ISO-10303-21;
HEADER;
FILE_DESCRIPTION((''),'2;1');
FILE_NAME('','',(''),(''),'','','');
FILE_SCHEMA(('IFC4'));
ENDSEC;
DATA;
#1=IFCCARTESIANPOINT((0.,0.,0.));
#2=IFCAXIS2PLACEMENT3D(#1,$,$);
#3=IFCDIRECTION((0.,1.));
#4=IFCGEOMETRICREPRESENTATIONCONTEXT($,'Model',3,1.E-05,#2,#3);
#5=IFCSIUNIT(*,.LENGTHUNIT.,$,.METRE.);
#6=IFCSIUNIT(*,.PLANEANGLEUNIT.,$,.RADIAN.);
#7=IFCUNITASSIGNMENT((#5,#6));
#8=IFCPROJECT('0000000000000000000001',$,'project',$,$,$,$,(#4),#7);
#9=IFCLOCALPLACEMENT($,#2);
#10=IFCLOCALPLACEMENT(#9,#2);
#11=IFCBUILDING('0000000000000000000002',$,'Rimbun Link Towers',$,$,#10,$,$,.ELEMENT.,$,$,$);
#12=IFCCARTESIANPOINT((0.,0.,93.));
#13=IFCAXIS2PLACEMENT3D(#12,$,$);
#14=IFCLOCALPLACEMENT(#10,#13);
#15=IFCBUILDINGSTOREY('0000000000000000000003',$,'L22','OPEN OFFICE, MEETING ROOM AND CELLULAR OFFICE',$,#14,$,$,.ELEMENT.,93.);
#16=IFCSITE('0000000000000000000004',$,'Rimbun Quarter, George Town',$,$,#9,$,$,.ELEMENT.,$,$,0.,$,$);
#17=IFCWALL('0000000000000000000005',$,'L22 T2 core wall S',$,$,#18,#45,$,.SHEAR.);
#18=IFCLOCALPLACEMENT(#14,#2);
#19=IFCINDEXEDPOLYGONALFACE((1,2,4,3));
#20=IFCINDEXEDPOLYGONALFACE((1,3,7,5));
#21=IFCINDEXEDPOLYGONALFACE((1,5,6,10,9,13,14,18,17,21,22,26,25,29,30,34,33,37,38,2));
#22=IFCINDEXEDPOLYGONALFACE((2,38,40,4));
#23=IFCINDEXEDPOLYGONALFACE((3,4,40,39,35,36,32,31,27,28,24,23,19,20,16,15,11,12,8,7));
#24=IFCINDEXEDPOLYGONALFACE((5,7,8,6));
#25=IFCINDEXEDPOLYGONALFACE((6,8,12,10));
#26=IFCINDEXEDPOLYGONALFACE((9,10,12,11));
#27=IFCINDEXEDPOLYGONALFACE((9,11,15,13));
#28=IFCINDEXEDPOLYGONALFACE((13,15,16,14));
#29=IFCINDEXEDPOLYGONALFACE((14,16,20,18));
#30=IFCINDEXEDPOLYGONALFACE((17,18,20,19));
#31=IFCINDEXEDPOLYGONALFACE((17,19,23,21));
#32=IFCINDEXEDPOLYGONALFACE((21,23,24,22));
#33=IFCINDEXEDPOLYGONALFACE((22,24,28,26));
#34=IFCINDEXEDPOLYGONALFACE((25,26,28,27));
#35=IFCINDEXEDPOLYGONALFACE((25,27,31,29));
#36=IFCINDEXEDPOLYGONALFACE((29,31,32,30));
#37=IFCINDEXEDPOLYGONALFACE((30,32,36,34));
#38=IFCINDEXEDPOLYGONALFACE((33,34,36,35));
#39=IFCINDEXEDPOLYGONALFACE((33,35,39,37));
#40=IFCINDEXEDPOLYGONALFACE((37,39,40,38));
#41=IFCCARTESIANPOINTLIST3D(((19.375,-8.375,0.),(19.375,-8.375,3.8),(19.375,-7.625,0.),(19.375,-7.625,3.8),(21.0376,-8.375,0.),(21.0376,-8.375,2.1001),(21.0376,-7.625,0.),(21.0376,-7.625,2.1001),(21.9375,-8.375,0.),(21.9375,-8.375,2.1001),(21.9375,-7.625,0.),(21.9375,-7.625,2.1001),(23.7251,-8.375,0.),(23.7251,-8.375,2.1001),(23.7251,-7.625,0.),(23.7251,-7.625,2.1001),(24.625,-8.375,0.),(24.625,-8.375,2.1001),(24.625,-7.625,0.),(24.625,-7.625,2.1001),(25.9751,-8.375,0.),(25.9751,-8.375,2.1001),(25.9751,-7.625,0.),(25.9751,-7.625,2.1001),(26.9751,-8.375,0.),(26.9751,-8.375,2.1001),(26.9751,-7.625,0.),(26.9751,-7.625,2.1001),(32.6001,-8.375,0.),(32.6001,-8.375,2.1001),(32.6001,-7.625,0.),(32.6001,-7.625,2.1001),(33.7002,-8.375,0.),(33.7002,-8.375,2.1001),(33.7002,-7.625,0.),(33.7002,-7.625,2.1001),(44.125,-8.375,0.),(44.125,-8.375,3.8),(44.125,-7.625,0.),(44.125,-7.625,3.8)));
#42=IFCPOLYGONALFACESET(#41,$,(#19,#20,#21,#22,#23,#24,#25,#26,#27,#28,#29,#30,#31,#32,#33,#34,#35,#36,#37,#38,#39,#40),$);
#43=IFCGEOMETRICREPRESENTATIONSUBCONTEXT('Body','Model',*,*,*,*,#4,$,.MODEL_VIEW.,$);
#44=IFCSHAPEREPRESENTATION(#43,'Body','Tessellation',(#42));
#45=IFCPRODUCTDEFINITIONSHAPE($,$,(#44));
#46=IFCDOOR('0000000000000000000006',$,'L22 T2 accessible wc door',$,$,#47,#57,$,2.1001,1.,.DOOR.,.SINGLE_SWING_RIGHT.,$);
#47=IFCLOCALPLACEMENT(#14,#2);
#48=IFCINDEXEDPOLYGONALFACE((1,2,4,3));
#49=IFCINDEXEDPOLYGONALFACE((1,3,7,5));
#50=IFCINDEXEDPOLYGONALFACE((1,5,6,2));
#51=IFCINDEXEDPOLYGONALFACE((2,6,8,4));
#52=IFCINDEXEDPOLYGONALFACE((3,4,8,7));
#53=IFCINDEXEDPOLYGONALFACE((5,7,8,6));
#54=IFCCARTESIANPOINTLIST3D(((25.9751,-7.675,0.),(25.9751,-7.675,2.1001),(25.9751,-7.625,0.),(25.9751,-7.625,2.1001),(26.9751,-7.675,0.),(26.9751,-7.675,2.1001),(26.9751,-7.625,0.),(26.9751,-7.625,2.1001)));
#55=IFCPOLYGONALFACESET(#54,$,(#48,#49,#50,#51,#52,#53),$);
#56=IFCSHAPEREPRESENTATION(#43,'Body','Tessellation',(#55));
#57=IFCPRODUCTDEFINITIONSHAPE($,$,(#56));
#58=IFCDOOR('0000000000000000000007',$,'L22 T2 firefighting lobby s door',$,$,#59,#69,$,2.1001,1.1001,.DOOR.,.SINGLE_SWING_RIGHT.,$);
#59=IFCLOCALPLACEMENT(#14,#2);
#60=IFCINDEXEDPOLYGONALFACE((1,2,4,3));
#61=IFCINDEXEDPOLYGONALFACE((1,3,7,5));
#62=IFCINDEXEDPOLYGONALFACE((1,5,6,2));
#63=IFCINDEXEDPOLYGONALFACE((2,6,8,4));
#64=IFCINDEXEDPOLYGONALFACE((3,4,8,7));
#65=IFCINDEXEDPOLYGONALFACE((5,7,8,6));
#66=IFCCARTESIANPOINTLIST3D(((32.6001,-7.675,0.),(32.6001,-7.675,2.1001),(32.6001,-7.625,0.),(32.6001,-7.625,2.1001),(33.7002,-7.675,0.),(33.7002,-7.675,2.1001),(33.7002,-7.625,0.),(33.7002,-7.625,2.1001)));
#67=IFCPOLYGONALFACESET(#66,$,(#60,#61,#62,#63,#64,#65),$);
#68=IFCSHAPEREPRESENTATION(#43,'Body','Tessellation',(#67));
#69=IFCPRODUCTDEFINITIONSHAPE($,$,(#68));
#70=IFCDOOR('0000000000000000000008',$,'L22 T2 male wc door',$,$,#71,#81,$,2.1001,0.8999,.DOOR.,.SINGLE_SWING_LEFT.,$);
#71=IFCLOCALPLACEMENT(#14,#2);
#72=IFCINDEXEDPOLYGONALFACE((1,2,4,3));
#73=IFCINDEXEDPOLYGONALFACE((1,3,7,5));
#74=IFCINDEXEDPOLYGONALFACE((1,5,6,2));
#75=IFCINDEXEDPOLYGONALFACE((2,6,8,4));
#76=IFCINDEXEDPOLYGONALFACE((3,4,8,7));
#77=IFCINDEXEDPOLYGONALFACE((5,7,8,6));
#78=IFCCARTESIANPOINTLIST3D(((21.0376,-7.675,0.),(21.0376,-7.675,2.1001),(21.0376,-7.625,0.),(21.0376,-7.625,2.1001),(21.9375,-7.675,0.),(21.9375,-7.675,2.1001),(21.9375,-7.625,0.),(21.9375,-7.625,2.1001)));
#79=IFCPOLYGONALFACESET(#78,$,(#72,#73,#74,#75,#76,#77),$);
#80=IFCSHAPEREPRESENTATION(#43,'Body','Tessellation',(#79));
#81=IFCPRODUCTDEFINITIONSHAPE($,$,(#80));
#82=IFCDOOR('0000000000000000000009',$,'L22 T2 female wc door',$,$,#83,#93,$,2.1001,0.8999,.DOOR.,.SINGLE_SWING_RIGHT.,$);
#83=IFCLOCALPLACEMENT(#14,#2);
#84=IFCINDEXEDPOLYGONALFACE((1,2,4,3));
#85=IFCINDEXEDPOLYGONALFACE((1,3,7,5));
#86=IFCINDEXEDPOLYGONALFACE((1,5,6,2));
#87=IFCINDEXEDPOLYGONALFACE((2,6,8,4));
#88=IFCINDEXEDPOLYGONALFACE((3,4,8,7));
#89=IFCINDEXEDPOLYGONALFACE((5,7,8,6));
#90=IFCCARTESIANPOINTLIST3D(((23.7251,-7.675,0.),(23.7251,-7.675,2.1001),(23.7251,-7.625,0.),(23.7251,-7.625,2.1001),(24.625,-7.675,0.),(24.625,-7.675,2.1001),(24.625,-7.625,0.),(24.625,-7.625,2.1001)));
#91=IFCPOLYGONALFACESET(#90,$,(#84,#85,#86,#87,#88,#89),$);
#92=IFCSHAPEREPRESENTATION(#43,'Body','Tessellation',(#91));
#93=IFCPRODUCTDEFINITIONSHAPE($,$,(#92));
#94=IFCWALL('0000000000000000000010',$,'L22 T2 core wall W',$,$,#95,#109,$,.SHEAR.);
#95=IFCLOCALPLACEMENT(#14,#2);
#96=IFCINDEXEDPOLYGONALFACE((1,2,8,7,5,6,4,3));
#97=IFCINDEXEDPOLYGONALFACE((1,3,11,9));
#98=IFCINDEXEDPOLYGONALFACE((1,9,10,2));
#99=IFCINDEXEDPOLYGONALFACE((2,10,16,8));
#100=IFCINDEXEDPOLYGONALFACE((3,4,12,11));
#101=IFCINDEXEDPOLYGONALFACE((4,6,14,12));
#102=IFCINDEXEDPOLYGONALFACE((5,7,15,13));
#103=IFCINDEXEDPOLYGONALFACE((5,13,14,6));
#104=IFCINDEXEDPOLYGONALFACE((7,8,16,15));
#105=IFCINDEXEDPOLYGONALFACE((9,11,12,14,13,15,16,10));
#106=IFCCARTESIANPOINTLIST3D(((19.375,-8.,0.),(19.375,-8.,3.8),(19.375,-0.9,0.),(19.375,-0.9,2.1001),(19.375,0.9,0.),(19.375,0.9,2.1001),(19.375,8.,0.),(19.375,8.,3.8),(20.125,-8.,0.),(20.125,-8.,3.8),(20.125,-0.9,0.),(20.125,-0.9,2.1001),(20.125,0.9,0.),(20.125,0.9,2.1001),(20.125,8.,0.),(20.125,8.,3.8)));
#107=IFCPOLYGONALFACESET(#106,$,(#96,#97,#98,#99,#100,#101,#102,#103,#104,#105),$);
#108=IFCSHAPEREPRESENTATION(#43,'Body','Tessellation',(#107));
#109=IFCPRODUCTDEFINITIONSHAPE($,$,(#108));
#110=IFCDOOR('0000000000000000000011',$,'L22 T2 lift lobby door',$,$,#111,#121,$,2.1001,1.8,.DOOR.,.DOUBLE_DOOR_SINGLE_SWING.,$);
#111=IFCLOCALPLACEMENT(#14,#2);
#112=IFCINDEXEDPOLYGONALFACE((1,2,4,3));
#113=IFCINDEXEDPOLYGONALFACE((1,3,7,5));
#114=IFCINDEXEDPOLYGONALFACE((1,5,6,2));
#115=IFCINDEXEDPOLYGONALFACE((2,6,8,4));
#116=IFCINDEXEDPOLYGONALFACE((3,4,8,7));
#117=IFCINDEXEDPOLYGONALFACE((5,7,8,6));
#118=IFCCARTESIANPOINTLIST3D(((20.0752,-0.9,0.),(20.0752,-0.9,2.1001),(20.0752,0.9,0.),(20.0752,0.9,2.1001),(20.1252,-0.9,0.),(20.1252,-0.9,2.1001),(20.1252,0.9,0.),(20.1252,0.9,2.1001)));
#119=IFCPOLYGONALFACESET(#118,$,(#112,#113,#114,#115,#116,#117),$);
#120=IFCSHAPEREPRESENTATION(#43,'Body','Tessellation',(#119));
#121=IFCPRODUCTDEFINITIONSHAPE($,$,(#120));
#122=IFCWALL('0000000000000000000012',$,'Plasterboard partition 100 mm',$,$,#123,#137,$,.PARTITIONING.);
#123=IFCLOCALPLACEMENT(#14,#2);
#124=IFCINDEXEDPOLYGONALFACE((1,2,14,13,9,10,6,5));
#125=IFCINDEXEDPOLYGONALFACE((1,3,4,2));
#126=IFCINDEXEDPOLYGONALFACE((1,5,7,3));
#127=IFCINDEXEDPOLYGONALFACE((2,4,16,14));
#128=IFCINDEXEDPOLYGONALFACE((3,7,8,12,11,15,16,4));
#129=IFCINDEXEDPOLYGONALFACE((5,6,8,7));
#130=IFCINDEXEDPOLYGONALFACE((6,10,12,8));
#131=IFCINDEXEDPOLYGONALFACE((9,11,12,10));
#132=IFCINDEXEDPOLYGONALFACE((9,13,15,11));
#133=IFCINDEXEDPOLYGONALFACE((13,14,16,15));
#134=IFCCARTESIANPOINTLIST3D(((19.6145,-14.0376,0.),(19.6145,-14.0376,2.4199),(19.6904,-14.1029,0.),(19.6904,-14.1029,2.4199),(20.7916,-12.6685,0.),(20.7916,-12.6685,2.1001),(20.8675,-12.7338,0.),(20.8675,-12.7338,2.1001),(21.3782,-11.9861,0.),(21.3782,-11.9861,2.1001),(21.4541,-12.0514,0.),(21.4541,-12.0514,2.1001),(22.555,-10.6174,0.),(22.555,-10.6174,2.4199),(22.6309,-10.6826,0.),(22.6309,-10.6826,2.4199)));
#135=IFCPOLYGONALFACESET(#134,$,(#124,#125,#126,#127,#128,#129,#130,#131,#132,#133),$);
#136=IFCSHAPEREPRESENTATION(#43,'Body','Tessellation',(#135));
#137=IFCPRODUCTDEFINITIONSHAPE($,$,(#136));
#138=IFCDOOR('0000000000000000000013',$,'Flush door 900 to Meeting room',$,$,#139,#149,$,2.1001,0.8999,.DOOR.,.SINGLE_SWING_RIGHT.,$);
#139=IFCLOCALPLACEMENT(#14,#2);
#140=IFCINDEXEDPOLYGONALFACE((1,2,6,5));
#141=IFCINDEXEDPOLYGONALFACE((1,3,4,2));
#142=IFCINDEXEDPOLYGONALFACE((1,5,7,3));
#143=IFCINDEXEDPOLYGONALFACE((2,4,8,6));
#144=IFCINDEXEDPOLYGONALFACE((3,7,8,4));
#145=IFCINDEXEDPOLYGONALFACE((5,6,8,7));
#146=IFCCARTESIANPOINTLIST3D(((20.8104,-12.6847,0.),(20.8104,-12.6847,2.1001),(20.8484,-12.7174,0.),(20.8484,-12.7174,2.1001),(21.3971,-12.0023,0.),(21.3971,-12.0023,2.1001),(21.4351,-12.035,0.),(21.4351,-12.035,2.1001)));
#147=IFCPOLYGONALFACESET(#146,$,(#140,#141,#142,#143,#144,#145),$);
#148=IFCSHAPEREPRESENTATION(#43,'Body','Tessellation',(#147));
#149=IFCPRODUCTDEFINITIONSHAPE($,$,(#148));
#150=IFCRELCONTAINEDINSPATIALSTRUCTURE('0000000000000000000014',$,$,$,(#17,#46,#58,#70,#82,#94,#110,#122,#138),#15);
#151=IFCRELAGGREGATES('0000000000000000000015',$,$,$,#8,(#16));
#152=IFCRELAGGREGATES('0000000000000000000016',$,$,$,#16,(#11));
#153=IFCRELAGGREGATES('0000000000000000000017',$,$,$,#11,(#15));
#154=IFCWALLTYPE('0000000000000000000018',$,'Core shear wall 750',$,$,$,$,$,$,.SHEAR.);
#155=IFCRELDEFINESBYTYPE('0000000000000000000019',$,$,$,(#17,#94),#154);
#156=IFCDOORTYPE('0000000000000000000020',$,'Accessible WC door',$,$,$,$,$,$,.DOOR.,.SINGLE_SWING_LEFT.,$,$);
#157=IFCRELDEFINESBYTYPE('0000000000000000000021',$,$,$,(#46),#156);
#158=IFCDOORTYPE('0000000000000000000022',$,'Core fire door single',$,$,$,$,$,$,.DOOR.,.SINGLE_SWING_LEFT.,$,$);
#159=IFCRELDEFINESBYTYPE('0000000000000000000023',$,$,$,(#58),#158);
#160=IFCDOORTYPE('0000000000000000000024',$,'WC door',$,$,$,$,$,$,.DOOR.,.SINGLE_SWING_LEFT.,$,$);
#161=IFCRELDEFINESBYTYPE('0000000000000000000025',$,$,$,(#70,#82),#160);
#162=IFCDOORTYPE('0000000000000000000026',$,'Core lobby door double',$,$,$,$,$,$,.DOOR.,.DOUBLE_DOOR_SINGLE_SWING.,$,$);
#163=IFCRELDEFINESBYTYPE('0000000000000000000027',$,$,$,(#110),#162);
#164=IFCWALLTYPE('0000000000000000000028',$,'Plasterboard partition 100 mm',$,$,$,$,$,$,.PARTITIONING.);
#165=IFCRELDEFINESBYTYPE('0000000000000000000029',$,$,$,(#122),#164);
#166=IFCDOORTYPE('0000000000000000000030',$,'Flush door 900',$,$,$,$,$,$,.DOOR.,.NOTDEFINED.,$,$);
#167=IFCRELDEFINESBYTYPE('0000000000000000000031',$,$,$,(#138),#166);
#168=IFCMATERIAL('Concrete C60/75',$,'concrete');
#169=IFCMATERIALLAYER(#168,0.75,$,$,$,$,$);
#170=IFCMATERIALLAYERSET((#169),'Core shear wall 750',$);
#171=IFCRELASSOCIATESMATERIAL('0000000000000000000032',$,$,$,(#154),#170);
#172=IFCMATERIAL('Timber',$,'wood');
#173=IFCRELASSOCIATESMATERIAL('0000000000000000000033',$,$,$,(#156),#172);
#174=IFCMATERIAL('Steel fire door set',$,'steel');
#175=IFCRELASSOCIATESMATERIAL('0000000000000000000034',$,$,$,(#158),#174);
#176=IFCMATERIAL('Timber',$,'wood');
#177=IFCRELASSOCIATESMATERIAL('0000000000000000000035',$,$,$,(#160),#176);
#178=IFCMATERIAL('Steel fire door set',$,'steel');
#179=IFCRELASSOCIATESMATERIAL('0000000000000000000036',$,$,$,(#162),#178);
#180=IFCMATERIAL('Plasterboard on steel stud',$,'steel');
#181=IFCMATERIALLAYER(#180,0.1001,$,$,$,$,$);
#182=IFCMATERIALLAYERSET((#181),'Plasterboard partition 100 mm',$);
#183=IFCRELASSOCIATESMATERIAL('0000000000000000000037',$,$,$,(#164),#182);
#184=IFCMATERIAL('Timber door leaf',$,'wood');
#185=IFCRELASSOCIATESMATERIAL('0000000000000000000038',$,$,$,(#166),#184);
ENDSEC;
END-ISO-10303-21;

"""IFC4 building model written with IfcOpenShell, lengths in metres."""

from ifc_helpers import new_model, si_unit, direction, frame, frame_2d, origin, place, context, subcontext, project, spatial, rectangle, extrude, material, layer, layer_set, type_object, element, fill, save


model = new_model("IFC4")

# Units and contexts
model_context = context("Model", 3, precision=1e-05, world=origin(), true_north=direction((0.0, 1.0)))
body_context = subcontext(model_context, "Body", "Model", "MODEL_VIEW")
ifc_project = project(units=[si_unit("LENGTHUNIT", "METRE"), si_unit("PLANEANGLEUNIT", "RADIAN")], contexts=[model_context])

# Site, building, storey
site_placement = place(None, origin())
site = spatial("IfcSite", under=ifc_project, at=site_placement, Name="Rimbun Quarter, George Town", CompositionType="ELEMENT", RefElevation=0.0)
building_placement = place(site_placement, origin())
building = spatial("IfcBuilding", under=site, at=building_placement, Name="Rimbun Link Towers", CompositionType="ELEMENT")
storey_placement = place(building_placement, frame((0.0, 0.0, 93.0)))
storey = spatial("IfcBuildingStorey", under=building, at=storey_placement, Name="L22", Description="OPEN OFFICE, MEETING ROOM AND CELLULAR OFFICE", CompositionType="ELEMENT", Elevation=93.0)

# Wall, openings, doors
ifc_material_1 = material(Name="Concrete C60/75", Category="concrete")
ifc_layer_1 = layer(ifc_material_1, 0.75)
ifc_layer_set_1 = layer_set([ifc_layer_1], Name="Core shear wall 750")
wall_type_1 = type_object("IfcWallType", Name="Core shear wall 750", PredefinedType="SHEAR", material=ifc_layer_set_1)
wall_1_placement = place(storey_placement, frame((19.375, -8.0, 0.0), z_axis=(0.0, 0.0, 1.0), x_axis=(1.0, 0.0, 0.0)))
wall_1 = element("IfcWall", 1, at=wall_1_placement, inside=storey, type_object=wall_type_1, Name="L22 T2 core wall S", PredefinedType="SHEAR", context=body_context, shape_type="SweptSolid", body=[
    extrude(rectangle(XDim=24.75, YDim=0.75, at=frame_2d((12.375, 0.0))), origin(), (0.0, 0.0, 1.0), 3.8),
])
opening_1_placement = place(wall_1_placement, frame((13.2251, 0.0, 0.0)))
opening_1 = element("IfcOpeningElement", 2, at=opening_1_placement, cuts=wall_1, PredefinedType="OPENING", context=body_context, shape_type="SweptSolid", body=[
    extrude(rectangle(XDim=1.1001, YDim=2.1001, at=frame_2d((0.55, 1.05))), frame((0.0, 0.385, 0.0), z_axis=(0.0, -1.0, 0.0), x_axis=(1.0, 0.0, 0.0)), (0.0, 0.0, 1.0), 0.77),
])
opening_2_placement = place(wall_1_placement, frame((1.6626, 0.0, 0.0)))
opening_2 = element("IfcOpeningElement", 3, at=opening_2_placement, cuts=wall_1, PredefinedType="OPENING", context=body_context, shape_type="SweptSolid", body=[
    extrude(rectangle(XDim=0.8999, YDim=2.1001, at=frame_2d((0.45, 1.05))), frame((0.0, 0.385, 0.0), z_axis=(0.0, -1.0, 0.0), x_axis=(1.0, 0.0, 0.0)), (0.0, 0.0, 1.0), 0.77),
])
opening_3_placement = place(wall_1_placement, frame((4.3501, 0.0, 0.0)))
opening_3 = element("IfcOpeningElement", 4, at=opening_3_placement, cuts=wall_1, PredefinedType="OPENING", context=body_context, shape_type="SweptSolid", body=[
    extrude(rectangle(XDim=0.8999, YDim=2.1001, at=frame_2d((0.45, 1.05))), frame((0.0, 0.385, 0.0), z_axis=(0.0, -1.0, 0.0), x_axis=(1.0, 0.0, 0.0)), (0.0, 0.0, 1.0), 0.77),
])
opening_4_placement = place(wall_1_placement, frame((6.6001, 0.0, 0.0)))
opening_4 = element("IfcOpeningElement", 5, at=opening_4_placement, cuts=wall_1, PredefinedType="OPENING", context=body_context, shape_type="SweptSolid", body=[
    extrude(rectangle(XDim=1.0, YDim=2.1001, at=frame_2d((0.5, 1.05))), frame((0.0, 0.385, 0.0), z_axis=(0.0, -1.0, 0.0), x_axis=(1.0, 0.0, 0.0)), (0.0, 0.0, 1.0), 0.77),
])
ifc_material_2 = material(Name="Timber", Category="wood")
door_type_1 = type_object("IfcDoorType", Name="Accessible WC door", OperationType="SINGLE_SWING_LEFT", PredefinedType="DOOR", material=ifc_material_2)
door_1_placement = place(opening_4_placement, origin())
door_1 = element("IfcDoor", 6, at=door_1_placement, inside=storey, type_object=door_type_1, Name="L22 T2 accessible wc door", OperationType="SINGLE_SWING_RIGHT", OverallHeight=2.1001, OverallWidth=1.0, PredefinedType="DOOR", context=body_context, shape_type="SweptSolid", body=[
    extrude(rectangle(XDim=1.0, YDim=2.1001, at=frame_2d((0.5, 1.05))), frame((0.0, 0.375, 0.0), z_axis=(0.0, -1.0, 0.0), x_axis=(1.0, 0.0, 0.0)), (0.0, 0.0, 1.0), 0.05),
])
fill(opening_4, door_1)
ifc_material_3 = material(Name="Steel fire door set", Category="steel")
door_type_2 = type_object("IfcDoorType", Name="Core fire door single", OperationType="SINGLE_SWING_LEFT", PredefinedType="DOOR", material=ifc_material_3)
door_2_placement = place(opening_1_placement, origin())
door_2 = element("IfcDoor", 7, at=door_2_placement, inside=storey, type_object=door_type_2, Name="L22 T2 firefighting lobby s door", OperationType="SINGLE_SWING_RIGHT", OverallHeight=2.1001, OverallWidth=1.1001, PredefinedType="DOOR", context=body_context, shape_type="SweptSolid", body=[
    extrude(rectangle(XDim=1.1001, YDim=2.1001, at=frame_2d((0.55, 1.05))), frame((0.0, 0.375, 0.0), z_axis=(0.0, -1.0, 0.0), x_axis=(1.0, 0.0, 0.0)), (0.0, 0.0, 1.0), 0.05),
])
fill(opening_1, door_2)
ifc_material_4 = material(Name="Timber", Category="wood")
door_type_3 = type_object("IfcDoorType", Name="WC door", OperationType="SINGLE_SWING_LEFT", PredefinedType="DOOR", material=ifc_material_4)
door_3_placement = place(opening_2_placement, origin())
door_3 = element("IfcDoor", 8, at=door_3_placement, inside=storey, type_object=door_type_3, Name="L22 T2 male wc door", OperationType="SINGLE_SWING_LEFT", OverallHeight=2.1001, OverallWidth=0.8999, PredefinedType="DOOR", context=body_context, shape_type="SweptSolid", body=[
    extrude(rectangle(XDim=0.8999, YDim=2.1001, at=frame_2d((0.45, 1.05))), frame((0.0, 0.375, 0.0), z_axis=(0.0, -1.0, 0.0), x_axis=(1.0, 0.0, 0.0)), (0.0, 0.0, 1.0), 0.05),
])
fill(opening_2, door_3)
door_4_placement = place(opening_3_placement, origin())
door_4 = element("IfcDoor", 9, at=door_4_placement, inside=storey, type_object=door_type_3, Name="L22 T2 female wc door", OperationType="SINGLE_SWING_RIGHT", OverallHeight=2.1001, OverallWidth=0.8999, PredefinedType="DOOR", context=body_context, shape_type="SweptSolid", body=[
    extrude(rectangle(XDim=0.8999, YDim=2.1001, at=frame_2d((0.45, 1.05))), frame((0.0, 0.375, 0.0), z_axis=(0.0, -1.0, 0.0), x_axis=(1.0, 0.0, 0.0)), (0.0, 0.0, 1.0), 0.05),
])
fill(opening_3, door_4)

# Walls, openings, doors
wall_2_placement = place(storey_placement, frame((19.75, -8.0, 0.0), z_axis=(0.0, 0.0, 1.0), x_axis=(0.0, 1.0, 0.0)))
wall_2 = element("IfcWall", 10, at=wall_2_placement, inside=storey, type_object=wall_type_1, Name="L22 T2 core wall W", PredefinedType="SHEAR", context=body_context, shape_type="SweptSolid", body=[
    extrude(rectangle(XDim=16.0, YDim=0.75, at=frame_2d((8.0, 0.0))), origin(), (0.0, 0.0, 1.0), 3.8),
])
opening_5_placement = place(wall_2_placement, frame((7.1001, 0.0, 0.0)))
opening_5 = element("IfcOpeningElement", 11, at=opening_5_placement, cuts=wall_2, PredefinedType="OPENING", context=body_context, shape_type="SweptSolid", body=[
    extrude(rectangle(XDim=1.8, YDim=2.1001, at=frame_2d((0.8999, 1.05))), frame((0.0, 0.385, 0.0), z_axis=(0.0, -1.0, 0.0), x_axis=(1.0, 0.0, 0.0)), (0.0, 0.0, 1.0), 0.77),
])
ifc_material_5 = material(Name="Steel fire door set", Category="steel")
door_type_4 = type_object("IfcDoorType", Name="Core lobby door double", OperationType="DOUBLE_DOOR_SINGLE_SWING", PredefinedType="DOOR", material=ifc_material_5)
door_5_placement = place(opening_5_placement, origin())
door_5 = element("IfcDoor", 12, at=door_5_placement, inside=storey, type_object=door_type_4, Name="L22 T2 lift lobby door", OperationType="DOUBLE_DOOR_SINGLE_SWING", OverallHeight=2.1001, OverallWidth=1.8, PredefinedType="DOOR", context=body_context, shape_type="SweptSolid", body=[
    extrude(rectangle(XDim=1.8, YDim=2.1001, at=frame_2d((0.8999, 1.05))), frame((0.0, -0.3252, 0.0), z_axis=(0.0, -1.0, 0.0), x_axis=(1.0, 0.0, 0.0)), (0.0, 0.0, 1.0), 0.05),
])
fill(opening_5, door_5)
ifc_material_6 = material(Name="Plasterboard on steel stud", Category="steel")
ifc_layer_2 = layer(ifc_material_6, 0.1001)
ifc_layer_set_2 = layer_set([ifc_layer_2], Name="Plasterboard partition 100 mm")
wall_type_2 = type_object("IfcWallType", Name="Plasterboard partition 100 mm", PredefinedType="PARTITIONING", material=ifc_layer_set_2)
wall_3_placement = place(storey_placement, frame((22.593, -10.6499, 0.0), z_axis=(0.0, 0.0, 1.0), x_axis=(-0.651923, -0.758285, 0.0)))
wall_3 = element("IfcWall", 13, at=wall_3_placement, inside=storey, type_object=wall_type_2, Name="Plasterboard partition 100 mm", PredefinedType="PARTITIONING", context=body_context, shape_type="SweptSolid", body=[
    extrude(rectangle(XDim=4.5105, YDim=0.1001, at=frame_2d((2.2554, 0.0))), origin(), (0.0, 0.0, 1.0), 2.4199),
])
opening_6_placement = place(wall_3_placement, frame((1.8052, 0.0, 0.0)))
opening_6 = element("IfcOpeningElement", 14, at=opening_6_placement, cuts=wall_3, PredefinedType="OPENING", context=body_context, shape_type="SweptSolid", body=[
    extrude(rectangle(XDim=0.8999, YDim=2.1001, at=frame_2d((0.45, 1.05))), frame((0.0, 0.0601, 0.0), z_axis=(0.0, -1.0, 0.0), x_axis=(1.0, 0.0, 0.0)), (0.0, 0.0, 1.0), 0.1201),
])
ifc_material_7 = material(Name="Timber door leaf", Category="wood")
door_type_5 = type_object("IfcDoorType", Name="Flush door 900", OperationType="NOTDEFINED", PredefinedType="DOOR", material=ifc_material_7)
door_6_placement = place(opening_6_placement, origin())
door_6 = element("IfcDoor", 15, at=door_6_placement, inside=storey, type_object=door_type_5, Name="Flush door 900 to Meeting room", OperationType="SINGLE_SWING_RIGHT", OverallHeight=2.1001, OverallWidth=0.8999, PredefinedType="DOOR", context=body_context, shape_type="SweptSolid", body=[
    extrude(rectangle(XDim=0.8999, YDim=2.1001, at=frame_2d((0.45, 1.05))), frame((0.0, 0.0249, 0.0), z_axis=(0.0, -1.0, 0.0), x_axis=(1.0, 0.0, 0.0)), (0.0, 0.0, 1.0), 0.05),
])
fill(opening_6, door_6)

save(model, "model.ifc")
